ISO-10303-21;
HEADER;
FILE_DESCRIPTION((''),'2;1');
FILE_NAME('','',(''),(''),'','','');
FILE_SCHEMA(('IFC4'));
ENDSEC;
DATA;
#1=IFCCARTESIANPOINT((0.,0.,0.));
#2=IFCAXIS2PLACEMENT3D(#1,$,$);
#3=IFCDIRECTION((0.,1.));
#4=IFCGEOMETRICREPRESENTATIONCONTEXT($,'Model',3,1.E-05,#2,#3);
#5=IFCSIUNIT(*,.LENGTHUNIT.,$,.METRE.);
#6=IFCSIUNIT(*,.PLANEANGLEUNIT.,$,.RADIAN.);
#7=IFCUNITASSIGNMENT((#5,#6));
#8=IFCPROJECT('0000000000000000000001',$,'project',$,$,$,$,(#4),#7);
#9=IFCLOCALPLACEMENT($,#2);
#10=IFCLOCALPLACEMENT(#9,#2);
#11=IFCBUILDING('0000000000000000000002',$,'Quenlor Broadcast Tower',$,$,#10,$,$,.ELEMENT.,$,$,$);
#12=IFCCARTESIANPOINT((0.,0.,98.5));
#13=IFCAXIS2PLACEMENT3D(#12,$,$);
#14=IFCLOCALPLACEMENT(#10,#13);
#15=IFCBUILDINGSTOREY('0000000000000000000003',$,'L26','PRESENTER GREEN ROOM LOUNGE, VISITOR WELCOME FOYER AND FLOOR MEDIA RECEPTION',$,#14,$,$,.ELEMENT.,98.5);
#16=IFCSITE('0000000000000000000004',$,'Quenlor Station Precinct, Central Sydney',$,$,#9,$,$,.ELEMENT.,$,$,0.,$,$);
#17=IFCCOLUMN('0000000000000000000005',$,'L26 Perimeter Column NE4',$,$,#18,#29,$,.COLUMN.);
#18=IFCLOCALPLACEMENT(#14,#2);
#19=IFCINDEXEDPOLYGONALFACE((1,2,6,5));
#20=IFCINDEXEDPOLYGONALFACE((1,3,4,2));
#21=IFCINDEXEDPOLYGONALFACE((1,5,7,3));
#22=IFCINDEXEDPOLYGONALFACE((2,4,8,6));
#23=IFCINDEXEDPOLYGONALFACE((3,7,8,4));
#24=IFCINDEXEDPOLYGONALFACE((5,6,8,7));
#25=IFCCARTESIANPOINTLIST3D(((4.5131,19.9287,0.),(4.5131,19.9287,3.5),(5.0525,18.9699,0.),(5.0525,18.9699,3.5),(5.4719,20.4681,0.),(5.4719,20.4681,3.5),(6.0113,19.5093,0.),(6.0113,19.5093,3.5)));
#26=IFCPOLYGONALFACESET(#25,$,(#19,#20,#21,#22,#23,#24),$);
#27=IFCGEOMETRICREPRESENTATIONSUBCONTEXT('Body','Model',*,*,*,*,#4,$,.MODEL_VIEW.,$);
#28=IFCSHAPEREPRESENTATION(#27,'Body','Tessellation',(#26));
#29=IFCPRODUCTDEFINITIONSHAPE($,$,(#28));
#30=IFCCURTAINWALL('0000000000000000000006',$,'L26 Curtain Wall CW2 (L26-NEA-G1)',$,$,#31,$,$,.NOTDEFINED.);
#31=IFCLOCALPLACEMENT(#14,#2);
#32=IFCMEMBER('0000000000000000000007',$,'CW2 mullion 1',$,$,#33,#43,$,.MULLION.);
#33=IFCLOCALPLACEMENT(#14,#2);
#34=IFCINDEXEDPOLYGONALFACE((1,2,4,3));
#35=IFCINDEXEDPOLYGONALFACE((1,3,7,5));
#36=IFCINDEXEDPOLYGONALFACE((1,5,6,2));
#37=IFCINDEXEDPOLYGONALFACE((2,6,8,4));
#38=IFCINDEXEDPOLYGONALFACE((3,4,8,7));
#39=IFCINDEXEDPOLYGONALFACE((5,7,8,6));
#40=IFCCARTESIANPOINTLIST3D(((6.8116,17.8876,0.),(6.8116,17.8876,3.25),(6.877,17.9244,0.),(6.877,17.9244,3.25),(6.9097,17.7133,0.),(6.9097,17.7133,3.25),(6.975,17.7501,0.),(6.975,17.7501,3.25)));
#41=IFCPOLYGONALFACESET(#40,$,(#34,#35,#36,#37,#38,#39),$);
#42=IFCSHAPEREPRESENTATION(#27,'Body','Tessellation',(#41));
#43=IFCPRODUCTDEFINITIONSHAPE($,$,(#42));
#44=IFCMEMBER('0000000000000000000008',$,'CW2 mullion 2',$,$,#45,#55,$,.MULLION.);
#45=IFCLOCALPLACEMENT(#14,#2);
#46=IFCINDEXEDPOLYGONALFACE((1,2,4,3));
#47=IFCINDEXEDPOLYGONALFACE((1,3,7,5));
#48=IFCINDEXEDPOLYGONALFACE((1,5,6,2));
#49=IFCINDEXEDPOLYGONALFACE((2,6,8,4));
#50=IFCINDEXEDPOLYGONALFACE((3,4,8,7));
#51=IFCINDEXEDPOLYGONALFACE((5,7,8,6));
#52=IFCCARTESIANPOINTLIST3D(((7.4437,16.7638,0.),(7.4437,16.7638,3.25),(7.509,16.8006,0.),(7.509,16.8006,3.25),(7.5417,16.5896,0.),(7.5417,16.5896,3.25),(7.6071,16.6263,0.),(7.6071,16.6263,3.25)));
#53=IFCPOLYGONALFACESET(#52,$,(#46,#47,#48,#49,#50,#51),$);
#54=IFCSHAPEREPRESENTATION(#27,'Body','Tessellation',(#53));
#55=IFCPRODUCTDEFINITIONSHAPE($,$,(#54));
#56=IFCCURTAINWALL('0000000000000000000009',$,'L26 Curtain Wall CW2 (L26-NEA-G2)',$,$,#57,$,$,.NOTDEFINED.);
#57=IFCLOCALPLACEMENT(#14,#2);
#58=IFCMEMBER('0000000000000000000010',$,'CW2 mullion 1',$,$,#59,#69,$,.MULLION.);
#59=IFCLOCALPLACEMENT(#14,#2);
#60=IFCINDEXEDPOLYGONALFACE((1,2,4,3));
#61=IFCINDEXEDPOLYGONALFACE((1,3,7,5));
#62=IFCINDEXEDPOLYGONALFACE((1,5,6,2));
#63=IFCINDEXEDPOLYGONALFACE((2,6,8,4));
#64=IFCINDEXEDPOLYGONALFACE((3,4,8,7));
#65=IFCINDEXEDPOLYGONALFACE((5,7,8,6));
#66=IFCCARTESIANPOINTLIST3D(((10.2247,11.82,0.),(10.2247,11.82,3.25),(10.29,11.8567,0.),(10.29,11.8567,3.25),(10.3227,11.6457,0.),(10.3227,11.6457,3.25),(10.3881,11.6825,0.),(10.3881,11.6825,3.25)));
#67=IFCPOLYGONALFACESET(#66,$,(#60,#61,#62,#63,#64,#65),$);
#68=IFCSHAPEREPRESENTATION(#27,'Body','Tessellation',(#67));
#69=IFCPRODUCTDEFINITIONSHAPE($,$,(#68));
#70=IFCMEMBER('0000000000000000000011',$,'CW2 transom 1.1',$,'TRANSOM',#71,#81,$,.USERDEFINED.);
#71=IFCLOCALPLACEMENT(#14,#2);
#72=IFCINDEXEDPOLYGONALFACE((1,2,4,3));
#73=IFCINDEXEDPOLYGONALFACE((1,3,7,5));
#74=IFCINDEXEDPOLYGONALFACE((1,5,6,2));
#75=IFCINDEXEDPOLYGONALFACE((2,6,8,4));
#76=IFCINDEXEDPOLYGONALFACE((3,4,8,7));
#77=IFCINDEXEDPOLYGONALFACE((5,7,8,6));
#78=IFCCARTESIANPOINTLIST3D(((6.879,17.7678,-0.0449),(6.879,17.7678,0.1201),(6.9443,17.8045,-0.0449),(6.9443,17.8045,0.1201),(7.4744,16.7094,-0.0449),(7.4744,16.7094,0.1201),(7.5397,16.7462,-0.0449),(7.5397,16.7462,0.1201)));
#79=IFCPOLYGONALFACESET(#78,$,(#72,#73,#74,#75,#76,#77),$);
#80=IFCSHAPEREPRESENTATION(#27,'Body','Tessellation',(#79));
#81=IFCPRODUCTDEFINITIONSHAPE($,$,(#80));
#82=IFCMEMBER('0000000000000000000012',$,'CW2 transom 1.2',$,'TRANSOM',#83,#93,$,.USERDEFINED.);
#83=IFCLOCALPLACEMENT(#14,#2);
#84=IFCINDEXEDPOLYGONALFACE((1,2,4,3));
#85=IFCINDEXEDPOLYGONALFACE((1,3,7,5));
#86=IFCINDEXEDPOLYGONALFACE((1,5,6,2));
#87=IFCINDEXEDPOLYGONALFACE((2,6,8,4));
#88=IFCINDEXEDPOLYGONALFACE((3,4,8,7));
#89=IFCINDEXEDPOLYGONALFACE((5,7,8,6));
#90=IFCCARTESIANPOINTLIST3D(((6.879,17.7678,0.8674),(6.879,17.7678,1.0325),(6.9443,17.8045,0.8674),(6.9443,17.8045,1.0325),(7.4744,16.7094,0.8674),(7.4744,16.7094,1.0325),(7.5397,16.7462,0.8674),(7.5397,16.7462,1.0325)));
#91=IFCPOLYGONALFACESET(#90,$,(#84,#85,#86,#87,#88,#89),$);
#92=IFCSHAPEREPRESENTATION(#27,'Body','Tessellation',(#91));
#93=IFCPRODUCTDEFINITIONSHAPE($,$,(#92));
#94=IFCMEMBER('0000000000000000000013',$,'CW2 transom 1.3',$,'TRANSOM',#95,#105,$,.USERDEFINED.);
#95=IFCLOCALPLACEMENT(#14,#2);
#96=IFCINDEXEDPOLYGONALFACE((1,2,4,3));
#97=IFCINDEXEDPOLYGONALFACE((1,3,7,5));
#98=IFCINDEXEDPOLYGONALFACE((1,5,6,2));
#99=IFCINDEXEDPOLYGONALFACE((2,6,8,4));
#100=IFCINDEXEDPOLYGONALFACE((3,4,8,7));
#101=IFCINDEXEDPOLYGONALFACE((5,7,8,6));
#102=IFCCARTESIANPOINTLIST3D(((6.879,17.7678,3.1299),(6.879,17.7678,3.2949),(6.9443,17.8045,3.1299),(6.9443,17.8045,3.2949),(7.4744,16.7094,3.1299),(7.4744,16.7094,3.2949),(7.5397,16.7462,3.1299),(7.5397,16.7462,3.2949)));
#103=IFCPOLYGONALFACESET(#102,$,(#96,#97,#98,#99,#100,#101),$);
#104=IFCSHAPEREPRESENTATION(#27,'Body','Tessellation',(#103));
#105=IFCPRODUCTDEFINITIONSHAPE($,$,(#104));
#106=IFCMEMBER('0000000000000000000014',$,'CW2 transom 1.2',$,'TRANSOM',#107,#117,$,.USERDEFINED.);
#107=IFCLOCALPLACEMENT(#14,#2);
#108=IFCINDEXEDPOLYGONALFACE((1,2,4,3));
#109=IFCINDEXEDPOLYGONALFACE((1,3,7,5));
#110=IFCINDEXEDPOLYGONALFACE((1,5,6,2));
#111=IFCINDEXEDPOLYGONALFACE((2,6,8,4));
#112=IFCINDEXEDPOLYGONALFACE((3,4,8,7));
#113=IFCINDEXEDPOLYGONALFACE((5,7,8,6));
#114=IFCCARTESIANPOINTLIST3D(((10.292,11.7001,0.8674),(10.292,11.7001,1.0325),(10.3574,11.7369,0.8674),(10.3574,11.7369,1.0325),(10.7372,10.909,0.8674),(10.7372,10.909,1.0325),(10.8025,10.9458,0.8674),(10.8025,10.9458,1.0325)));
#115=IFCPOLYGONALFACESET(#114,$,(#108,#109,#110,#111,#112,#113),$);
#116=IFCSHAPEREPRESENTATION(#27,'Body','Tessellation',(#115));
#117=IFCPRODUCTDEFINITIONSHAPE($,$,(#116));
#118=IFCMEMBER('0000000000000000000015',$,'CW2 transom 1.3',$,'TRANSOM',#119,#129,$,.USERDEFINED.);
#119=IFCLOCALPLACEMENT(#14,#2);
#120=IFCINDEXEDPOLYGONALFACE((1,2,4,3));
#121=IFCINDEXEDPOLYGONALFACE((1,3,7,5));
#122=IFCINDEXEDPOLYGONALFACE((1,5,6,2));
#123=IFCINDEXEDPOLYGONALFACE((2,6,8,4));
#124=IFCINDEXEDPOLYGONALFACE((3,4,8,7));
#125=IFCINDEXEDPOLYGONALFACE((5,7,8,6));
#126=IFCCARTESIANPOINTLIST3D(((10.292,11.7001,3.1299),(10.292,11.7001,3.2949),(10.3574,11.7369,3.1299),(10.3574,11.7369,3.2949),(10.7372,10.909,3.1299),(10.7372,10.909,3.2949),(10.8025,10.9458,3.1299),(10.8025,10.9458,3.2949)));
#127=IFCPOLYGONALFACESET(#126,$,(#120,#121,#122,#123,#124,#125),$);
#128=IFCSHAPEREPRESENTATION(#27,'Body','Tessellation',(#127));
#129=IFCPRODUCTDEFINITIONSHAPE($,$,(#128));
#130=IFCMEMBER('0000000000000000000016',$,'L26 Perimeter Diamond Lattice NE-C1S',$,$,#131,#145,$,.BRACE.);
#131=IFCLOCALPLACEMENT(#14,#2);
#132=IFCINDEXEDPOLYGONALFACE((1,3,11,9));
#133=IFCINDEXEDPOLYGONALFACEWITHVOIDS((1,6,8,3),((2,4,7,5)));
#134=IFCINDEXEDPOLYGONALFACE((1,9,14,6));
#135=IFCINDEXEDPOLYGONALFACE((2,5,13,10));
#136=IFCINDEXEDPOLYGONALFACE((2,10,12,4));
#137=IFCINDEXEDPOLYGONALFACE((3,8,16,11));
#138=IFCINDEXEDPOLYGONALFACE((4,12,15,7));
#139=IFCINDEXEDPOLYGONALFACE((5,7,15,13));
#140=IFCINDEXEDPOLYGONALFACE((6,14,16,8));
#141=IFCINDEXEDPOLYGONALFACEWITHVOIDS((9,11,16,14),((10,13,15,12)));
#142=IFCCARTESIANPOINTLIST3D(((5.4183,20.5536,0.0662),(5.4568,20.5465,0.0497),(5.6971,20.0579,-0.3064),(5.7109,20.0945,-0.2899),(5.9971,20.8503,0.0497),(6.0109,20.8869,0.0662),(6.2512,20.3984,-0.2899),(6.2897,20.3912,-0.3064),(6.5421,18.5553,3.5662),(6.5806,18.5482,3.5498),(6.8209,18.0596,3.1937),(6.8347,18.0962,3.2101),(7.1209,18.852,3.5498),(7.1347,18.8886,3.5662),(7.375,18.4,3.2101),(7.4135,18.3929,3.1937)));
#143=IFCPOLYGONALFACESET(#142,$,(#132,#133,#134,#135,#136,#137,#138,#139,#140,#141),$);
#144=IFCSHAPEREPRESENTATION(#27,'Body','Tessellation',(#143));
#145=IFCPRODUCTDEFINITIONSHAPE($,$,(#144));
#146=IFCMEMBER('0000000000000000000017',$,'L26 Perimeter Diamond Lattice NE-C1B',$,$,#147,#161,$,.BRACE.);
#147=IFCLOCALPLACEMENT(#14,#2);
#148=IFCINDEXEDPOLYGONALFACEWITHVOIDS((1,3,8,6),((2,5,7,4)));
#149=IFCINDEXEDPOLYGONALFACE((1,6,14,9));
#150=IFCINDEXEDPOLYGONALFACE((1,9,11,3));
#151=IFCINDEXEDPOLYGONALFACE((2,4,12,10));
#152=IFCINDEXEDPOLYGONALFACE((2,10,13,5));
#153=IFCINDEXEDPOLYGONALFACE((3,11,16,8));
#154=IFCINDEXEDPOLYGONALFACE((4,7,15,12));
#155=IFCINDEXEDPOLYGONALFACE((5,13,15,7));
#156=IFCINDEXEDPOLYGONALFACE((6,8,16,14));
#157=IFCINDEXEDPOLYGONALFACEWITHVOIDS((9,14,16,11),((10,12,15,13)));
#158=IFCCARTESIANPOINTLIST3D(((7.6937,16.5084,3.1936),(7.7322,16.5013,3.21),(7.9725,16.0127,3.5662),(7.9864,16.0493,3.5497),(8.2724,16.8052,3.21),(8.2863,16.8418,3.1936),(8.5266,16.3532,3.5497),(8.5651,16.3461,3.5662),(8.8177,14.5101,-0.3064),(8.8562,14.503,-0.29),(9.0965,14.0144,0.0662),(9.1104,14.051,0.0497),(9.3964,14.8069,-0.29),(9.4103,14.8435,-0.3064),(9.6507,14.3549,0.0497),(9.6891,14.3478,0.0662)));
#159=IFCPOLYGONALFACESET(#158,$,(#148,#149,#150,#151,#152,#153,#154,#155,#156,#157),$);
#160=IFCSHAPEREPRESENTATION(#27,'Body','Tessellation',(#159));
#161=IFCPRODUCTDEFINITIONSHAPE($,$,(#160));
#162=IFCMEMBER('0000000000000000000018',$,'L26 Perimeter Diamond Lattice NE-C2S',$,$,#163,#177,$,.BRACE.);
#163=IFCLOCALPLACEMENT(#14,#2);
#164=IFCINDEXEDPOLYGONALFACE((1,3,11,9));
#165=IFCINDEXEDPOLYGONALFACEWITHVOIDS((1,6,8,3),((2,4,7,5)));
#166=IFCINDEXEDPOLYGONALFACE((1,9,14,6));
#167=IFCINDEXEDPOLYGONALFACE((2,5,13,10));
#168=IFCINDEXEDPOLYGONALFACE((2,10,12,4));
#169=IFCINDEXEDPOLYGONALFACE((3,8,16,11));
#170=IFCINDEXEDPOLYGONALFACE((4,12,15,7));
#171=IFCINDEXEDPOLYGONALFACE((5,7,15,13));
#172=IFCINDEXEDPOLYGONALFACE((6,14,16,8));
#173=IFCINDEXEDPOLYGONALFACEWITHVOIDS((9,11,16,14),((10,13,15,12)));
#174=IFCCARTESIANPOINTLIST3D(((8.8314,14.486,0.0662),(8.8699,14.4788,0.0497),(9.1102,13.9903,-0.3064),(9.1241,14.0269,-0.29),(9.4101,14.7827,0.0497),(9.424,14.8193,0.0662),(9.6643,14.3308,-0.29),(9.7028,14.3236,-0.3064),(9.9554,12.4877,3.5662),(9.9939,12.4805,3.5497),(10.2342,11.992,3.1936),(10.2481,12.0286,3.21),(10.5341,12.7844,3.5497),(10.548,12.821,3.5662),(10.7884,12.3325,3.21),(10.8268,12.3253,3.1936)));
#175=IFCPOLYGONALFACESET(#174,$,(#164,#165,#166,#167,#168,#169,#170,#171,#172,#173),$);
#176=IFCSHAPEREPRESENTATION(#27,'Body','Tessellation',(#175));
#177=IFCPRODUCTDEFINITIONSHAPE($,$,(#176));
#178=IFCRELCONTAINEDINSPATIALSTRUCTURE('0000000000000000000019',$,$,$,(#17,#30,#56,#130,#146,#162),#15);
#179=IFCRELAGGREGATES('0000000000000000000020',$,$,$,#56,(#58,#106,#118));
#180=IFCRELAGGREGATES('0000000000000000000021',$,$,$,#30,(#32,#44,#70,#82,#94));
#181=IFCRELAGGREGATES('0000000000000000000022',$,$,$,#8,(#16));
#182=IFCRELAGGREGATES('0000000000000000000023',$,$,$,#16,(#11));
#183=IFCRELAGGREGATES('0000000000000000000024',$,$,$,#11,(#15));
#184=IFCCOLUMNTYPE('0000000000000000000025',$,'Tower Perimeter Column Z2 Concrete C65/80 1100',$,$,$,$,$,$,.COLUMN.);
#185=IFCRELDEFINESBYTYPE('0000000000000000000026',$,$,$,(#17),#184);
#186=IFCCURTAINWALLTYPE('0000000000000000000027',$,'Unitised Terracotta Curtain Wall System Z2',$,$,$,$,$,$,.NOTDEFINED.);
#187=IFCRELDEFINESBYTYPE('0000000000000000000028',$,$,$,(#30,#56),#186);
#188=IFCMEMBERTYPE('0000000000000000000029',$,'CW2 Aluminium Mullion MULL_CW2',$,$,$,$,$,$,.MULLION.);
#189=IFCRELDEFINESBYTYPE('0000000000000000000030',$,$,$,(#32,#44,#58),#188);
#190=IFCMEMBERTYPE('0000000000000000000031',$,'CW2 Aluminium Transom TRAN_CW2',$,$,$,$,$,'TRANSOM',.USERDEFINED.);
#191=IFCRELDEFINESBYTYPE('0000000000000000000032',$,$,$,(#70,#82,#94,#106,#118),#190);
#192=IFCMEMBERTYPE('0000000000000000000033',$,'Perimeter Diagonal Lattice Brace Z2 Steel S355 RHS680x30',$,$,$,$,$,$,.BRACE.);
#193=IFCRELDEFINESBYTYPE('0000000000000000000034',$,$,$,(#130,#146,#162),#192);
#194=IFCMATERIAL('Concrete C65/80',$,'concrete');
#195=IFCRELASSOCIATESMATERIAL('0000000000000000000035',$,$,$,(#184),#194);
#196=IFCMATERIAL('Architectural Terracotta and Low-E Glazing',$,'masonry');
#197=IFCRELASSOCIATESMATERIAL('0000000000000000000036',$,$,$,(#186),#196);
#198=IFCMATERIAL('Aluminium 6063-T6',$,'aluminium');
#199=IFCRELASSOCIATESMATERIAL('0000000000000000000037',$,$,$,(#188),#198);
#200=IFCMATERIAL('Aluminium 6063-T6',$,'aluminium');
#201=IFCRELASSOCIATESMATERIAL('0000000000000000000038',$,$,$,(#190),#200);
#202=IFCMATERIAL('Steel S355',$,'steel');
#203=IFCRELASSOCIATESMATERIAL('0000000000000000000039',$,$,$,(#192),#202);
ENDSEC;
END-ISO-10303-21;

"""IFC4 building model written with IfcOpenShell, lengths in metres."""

from ifc_helpers import new_model, si_unit, direction, frame, origin, origin_2d, place, context, subcontext, project, spatial, rectangle, hollow_rectangle, extrude, material, material_profile, profile_set, type_object, element, aggregate, save


model = new_model("IFC4")

# Units and contexts
model_context = context("Model", 3, precision=1e-05, world=origin(), true_north=direction((0.0, 1.0)))
body_context = subcontext(model_context, "Body", "Model", "MODEL_VIEW")
ifc_project = project(units=[si_unit("LENGTHUNIT", "METRE"), si_unit("PLANEANGLEUNIT", "RADIAN")], contexts=[model_context])

# Site, building, storey
site_placement = place(None, origin())
site = spatial("IfcSite", under=ifc_project, at=site_placement, Name="Quenlor Station Precinct, Central Sydney", CompositionType="ELEMENT", RefElevation=0.0)
building_placement = place(site_placement, origin())
building = spatial("IfcBuilding", under=site, at=building_placement, Name="Quenlor Broadcast Tower", CompositionType="ELEMENT")
storey_placement = place(building_placement, frame((0.0, 0.0, 98.5)))
storey = spatial("IfcBuildingStorey", under=building, at=storey_placement, Name="L26", Description="PRESENTER GREEN ROOM LOUNGE, VISITOR WELCOME FOYER AND FLOOR MEDIA RECEPTION", CompositionType="ELEMENT", Elevation=98.5)

# Column
ifc_material_1 = material(Name="Concrete C65/80", Category="concrete")
ifc_material_profile_1 = material_profile(ifc_material_1, rectangle(XDim=1.1001, YDim=1.1001, at=origin_2d()))
ifc_profile_set_1 = profile_set([ifc_material_profile_1], Name="Concrete C65/80 RC1100x1100")
column_type = type_object("IfcColumnType", Name="Tower Perimeter Column Z2 Concrete C65/80 1100", PredefinedType="COLUMN", material=ifc_profile_set_1)
column_placement = place(storey_placement, frame((5.2622, 19.719, 0.0), z_axis=(0.0, 0.0, 1.0), x_axis=(0.871575, 0.490262, 0.0)))
element("IfcColumn", 1, at=column_placement, inside=storey, type_object=column_type, Name="L26 Perimeter Column NE4", PredefinedType="COLUMN", context=body_context, shape_type="SweptSolid", body=[
    extrude(rectangle(XDim=1.1001, YDim=1.1001, at=origin_2d()), origin(), (0.0, 0.0, 1.0), 3.5),
])

# Curtain wall, members
ifc_material_2 = material(Name="Architectural Terracotta and Low-E Glazing", Category="masonry")
curtain_wall_type = type_object("IfcCurtainWallType", Name="Unitised Terracotta Curtain Wall System Z2", PredefinedType="NOTDEFINED", material=ifc_material_2)
curtain_wall_1_placement = place(storey_placement, origin())
curtain_wall_1 = element("IfcCurtainWall", 2, at=curtain_wall_1_placement, inside=storey, type_object=curtain_wall_type, Name="L26 Curtain Wall CW2 (L26-NEA-G1)", PredefinedType="NOTDEFINED")
ifc_material_3 = material(Name="Aluminium 6063-T6", Category="aluminium")
ifc_material_profile_2 = material_profile(ifc_material_3, rectangle(XDim=0.075, YDim=0.2, at=origin_2d()))
ifc_profile_set_2 = profile_set([ifc_material_profile_2], Name="Aluminium 6063-T6 MULL75x200")
member_type_1 = type_object("IfcMemberType", Name="CW2 Aluminium Mullion MULL_CW2", PredefinedType="MULLION", material=ifc_profile_set_2)
member_1_placement = place(storey_placement, frame((6.8933, 17.8188, 0.0), z_axis=(0.0, 0.0, 1.0), x_axis=(0.871583, 0.490247, 0.0)))
member_1 = element("IfcMember", 3, at=member_1_placement, type_object=member_type_1, Name="CW2 mullion 1", PredefinedType="MULLION", context=body_context, shape_type="SweptSolid", body=[
    extrude(rectangle(XDim=0.075, YDim=0.2, at=origin_2d()), origin(), (0.0, 0.0, 1.0), 3.25),
])
member_2_placement = place(storey_placement, frame((7.5254, 16.6951, 0.0), z_axis=(0.0, 0.0, 1.0), x_axis=(0.871583, 0.490247, 0.0)))
member_2 = element("IfcMember", 4, at=member_2_placement, type_object=member_type_1, Name="CW2 mullion 2", PredefinedType="MULLION", context=body_context, shape_type="SweptSolid", body=[
    extrude(rectangle(XDim=0.075, YDim=0.2, at=origin_2d()), origin(), (0.0, 0.0, 1.0), 3.25),
])

# Curtain wall, member
curtain_wall_2_placement = place(storey_placement, origin())
curtain_wall_2 = element("IfcCurtainWall", 5, at=curtain_wall_2_placement, inside=storey, type_object=curtain_wall_type, Name="L26 Curtain Wall CW2 (L26-NEA-G2)", PredefinedType="NOTDEFINED")
member_3_placement = place(storey_placement, frame((10.3064, 11.7512, 0.0), z_axis=(0.0, 0.0, 1.0), x_axis=(0.871581, 0.490252, 0.0)))
member_3 = element("IfcMember", 6, at=member_3_placement, type_object=member_type_1, Name="CW2 mullion 1", PredefinedType="MULLION", context=body_context, shape_type="SweptSolid", body=[
    extrude(rectangle(XDim=0.075, YDim=0.2, at=origin_2d()), origin(), (0.0, 0.0, 1.0), 3.25),
])

# Members
ifc_material_4 = material(Name="Aluminium 6063-T6", Category="aluminium")
ifc_material_profile_3 = material_profile(ifc_material_4, rectangle(XDim=0.075, YDim=0.165, at=origin_2d()))
ifc_profile_set_3 = profile_set([ifc_material_profile_3], Name="Aluminium 6063-T6 TRAN75x165")
member_type_2 = type_object("IfcMemberType", Name="CW2 Aluminium Transom TRAN_CW2", ElementType="TRANSOM", PredefinedType="USERDEFINED", material=ifc_profile_set_3)
member_4_placement = place(storey_placement, frame((6.9116, 17.7861, 0.0376), z_axis=(0.490347, -0.871527, 0.0), x_axis=(0.871527, 0.490347, 0.0)))
member_4 = element("IfcMember", 7, at=member_4_placement, type_object=member_type_2, Name="CW2 transom 1.1", ObjectType="TRANSOM", PredefinedType="USERDEFINED", context=body_context, shape_type="SweptSolid", body=[
    extrude(rectangle(XDim=0.075, YDim=0.165, at=origin_2d()), origin(), (0.0, 0.0, 1.0), 1.2144),
])
member_5_placement = place(storey_placement, frame((6.9116, 17.7861, 0.95), z_axis=(0.490347, -0.871527, 0.0), x_axis=(0.871527, 0.490347, 0.0)))
member_5 = element("IfcMember", 8, at=member_5_placement, type_object=member_type_2, Name="CW2 transom 1.2", ObjectType="TRANSOM", PredefinedType="USERDEFINED", context=body_context, shape_type="SweptSolid", body=[
    extrude(rectangle(XDim=0.075, YDim=0.165, at=origin_2d()), origin(), (0.0, 0.0, 1.0), 1.2144),
])
member_6_placement = place(storey_placement, frame((6.9116, 17.7861, 3.2124), z_axis=(0.490347, -0.871527, 0.0), x_axis=(0.871527, 0.490347, 0.0)))
member_6 = element("IfcMember", 9, at=member_6_placement, type_object=member_type_2, Name="CW2 transom 1.3", ObjectType="TRANSOM", PredefinedType="USERDEFINED", context=body_context, shape_type="SweptSolid", body=[
    extrude(rectangle(XDim=0.075, YDim=0.165, at=origin_2d()), origin(), (0.0, 0.0, 1.0), 1.2144),
])
member_7_placement = place(storey_placement, frame((10.3247, 11.7185, 0.95), z_axis=(0.490363, -0.871518, 0.0), x_axis=(0.871518, 0.490363, 0.0)))
member_7 = element("IfcMember", 10, at=member_7_placement, type_object=member_type_2, Name="CW2 transom 1.2", ObjectType="TRANSOM", PredefinedType="USERDEFINED", context=body_context, shape_type="SweptSolid", body=[
    extrude(rectangle(XDim=0.075, YDim=0.165, at=origin_2d()), origin(), (0.0, 0.0, 1.0), 0.9077),
])
member_8_placement = place(storey_placement, frame((10.3247, 11.7185, 3.2124), z_axis=(0.490363, -0.871518, 0.0), x_axis=(0.871518, 0.490363, 0.0)))
member_8 = element("IfcMember", 11, at=member_8_placement, type_object=member_type_2, Name="CW2 transom 1.3", ObjectType="TRANSOM", PredefinedType="USERDEFINED", context=body_context, shape_type="SweptSolid", body=[
    extrude(rectangle(XDim=0.075, YDim=0.165, at=origin_2d()), origin(), (0.0, 0.0, 1.0), 0.9077),
])
aggregate(curtain_wall_2, [member_3, member_7, member_8])

# Members
ifc_material_5 = material(Name="Steel S355", Category="steel")
ifc_material_profile_4 = material_profile(ifc_material_5, hollow_rectangle(XDim=0.6799, YDim=0.6799, WallThickness=0.03, at=origin_2d()))
ifc_profile_set_4 = profile_set([ifc_material_profile_4], Name="Steel S355 RHS680x680x30")
member_type_3 = type_object("IfcMemberType", Name="Perimeter Diagonal Lattice Brace Z2 Steel S355 RHS680x30", PredefinedType="BRACE", material=ifc_profile_set_4)
for number, where, z_axis, x_axis, name in (
    (12, (5.854, 20.4724, -0.1201), (0.268588, -0.4776, 0.836516), (0.871624, 0.490175, 0.0), "L26 Perimeter Diamond Lattice NE-C1S"),
    (13, (9.2534, 14.429, -0.1201), (-0.268642, 0.477593, 0.836502), (-0.871578, -0.490256, 0.0), "L26 Perimeter Diamond Lattice NE-C1B"),
    (14, (9.2671, 14.4048, -0.1201), (0.268642, -0.477593, 0.836502), (0.871578, 0.490256, 0.0), "L26 Perimeter Diamond Lattice NE-C2S"),
):
    element("IfcMember", number, at=place(storey_placement, frame(where, z_axis=z_axis, x_axis=x_axis)), inside=storey, type_object=member_type_3, Name=name, PredefinedType="BRACE", context=body_context, shape_type="SweptSolid", body=[
        extrude(hollow_rectangle(XDim=0.6799, YDim=0.6799, WallThickness=0.03, at=origin_2d()), origin(), (0.0, 0.0, 1.0), 4.1841),
    ])

aggregate(curtain_wall_1, [member_1, member_2, member_4, member_5, member_6])

save(model, "model.ifc")
